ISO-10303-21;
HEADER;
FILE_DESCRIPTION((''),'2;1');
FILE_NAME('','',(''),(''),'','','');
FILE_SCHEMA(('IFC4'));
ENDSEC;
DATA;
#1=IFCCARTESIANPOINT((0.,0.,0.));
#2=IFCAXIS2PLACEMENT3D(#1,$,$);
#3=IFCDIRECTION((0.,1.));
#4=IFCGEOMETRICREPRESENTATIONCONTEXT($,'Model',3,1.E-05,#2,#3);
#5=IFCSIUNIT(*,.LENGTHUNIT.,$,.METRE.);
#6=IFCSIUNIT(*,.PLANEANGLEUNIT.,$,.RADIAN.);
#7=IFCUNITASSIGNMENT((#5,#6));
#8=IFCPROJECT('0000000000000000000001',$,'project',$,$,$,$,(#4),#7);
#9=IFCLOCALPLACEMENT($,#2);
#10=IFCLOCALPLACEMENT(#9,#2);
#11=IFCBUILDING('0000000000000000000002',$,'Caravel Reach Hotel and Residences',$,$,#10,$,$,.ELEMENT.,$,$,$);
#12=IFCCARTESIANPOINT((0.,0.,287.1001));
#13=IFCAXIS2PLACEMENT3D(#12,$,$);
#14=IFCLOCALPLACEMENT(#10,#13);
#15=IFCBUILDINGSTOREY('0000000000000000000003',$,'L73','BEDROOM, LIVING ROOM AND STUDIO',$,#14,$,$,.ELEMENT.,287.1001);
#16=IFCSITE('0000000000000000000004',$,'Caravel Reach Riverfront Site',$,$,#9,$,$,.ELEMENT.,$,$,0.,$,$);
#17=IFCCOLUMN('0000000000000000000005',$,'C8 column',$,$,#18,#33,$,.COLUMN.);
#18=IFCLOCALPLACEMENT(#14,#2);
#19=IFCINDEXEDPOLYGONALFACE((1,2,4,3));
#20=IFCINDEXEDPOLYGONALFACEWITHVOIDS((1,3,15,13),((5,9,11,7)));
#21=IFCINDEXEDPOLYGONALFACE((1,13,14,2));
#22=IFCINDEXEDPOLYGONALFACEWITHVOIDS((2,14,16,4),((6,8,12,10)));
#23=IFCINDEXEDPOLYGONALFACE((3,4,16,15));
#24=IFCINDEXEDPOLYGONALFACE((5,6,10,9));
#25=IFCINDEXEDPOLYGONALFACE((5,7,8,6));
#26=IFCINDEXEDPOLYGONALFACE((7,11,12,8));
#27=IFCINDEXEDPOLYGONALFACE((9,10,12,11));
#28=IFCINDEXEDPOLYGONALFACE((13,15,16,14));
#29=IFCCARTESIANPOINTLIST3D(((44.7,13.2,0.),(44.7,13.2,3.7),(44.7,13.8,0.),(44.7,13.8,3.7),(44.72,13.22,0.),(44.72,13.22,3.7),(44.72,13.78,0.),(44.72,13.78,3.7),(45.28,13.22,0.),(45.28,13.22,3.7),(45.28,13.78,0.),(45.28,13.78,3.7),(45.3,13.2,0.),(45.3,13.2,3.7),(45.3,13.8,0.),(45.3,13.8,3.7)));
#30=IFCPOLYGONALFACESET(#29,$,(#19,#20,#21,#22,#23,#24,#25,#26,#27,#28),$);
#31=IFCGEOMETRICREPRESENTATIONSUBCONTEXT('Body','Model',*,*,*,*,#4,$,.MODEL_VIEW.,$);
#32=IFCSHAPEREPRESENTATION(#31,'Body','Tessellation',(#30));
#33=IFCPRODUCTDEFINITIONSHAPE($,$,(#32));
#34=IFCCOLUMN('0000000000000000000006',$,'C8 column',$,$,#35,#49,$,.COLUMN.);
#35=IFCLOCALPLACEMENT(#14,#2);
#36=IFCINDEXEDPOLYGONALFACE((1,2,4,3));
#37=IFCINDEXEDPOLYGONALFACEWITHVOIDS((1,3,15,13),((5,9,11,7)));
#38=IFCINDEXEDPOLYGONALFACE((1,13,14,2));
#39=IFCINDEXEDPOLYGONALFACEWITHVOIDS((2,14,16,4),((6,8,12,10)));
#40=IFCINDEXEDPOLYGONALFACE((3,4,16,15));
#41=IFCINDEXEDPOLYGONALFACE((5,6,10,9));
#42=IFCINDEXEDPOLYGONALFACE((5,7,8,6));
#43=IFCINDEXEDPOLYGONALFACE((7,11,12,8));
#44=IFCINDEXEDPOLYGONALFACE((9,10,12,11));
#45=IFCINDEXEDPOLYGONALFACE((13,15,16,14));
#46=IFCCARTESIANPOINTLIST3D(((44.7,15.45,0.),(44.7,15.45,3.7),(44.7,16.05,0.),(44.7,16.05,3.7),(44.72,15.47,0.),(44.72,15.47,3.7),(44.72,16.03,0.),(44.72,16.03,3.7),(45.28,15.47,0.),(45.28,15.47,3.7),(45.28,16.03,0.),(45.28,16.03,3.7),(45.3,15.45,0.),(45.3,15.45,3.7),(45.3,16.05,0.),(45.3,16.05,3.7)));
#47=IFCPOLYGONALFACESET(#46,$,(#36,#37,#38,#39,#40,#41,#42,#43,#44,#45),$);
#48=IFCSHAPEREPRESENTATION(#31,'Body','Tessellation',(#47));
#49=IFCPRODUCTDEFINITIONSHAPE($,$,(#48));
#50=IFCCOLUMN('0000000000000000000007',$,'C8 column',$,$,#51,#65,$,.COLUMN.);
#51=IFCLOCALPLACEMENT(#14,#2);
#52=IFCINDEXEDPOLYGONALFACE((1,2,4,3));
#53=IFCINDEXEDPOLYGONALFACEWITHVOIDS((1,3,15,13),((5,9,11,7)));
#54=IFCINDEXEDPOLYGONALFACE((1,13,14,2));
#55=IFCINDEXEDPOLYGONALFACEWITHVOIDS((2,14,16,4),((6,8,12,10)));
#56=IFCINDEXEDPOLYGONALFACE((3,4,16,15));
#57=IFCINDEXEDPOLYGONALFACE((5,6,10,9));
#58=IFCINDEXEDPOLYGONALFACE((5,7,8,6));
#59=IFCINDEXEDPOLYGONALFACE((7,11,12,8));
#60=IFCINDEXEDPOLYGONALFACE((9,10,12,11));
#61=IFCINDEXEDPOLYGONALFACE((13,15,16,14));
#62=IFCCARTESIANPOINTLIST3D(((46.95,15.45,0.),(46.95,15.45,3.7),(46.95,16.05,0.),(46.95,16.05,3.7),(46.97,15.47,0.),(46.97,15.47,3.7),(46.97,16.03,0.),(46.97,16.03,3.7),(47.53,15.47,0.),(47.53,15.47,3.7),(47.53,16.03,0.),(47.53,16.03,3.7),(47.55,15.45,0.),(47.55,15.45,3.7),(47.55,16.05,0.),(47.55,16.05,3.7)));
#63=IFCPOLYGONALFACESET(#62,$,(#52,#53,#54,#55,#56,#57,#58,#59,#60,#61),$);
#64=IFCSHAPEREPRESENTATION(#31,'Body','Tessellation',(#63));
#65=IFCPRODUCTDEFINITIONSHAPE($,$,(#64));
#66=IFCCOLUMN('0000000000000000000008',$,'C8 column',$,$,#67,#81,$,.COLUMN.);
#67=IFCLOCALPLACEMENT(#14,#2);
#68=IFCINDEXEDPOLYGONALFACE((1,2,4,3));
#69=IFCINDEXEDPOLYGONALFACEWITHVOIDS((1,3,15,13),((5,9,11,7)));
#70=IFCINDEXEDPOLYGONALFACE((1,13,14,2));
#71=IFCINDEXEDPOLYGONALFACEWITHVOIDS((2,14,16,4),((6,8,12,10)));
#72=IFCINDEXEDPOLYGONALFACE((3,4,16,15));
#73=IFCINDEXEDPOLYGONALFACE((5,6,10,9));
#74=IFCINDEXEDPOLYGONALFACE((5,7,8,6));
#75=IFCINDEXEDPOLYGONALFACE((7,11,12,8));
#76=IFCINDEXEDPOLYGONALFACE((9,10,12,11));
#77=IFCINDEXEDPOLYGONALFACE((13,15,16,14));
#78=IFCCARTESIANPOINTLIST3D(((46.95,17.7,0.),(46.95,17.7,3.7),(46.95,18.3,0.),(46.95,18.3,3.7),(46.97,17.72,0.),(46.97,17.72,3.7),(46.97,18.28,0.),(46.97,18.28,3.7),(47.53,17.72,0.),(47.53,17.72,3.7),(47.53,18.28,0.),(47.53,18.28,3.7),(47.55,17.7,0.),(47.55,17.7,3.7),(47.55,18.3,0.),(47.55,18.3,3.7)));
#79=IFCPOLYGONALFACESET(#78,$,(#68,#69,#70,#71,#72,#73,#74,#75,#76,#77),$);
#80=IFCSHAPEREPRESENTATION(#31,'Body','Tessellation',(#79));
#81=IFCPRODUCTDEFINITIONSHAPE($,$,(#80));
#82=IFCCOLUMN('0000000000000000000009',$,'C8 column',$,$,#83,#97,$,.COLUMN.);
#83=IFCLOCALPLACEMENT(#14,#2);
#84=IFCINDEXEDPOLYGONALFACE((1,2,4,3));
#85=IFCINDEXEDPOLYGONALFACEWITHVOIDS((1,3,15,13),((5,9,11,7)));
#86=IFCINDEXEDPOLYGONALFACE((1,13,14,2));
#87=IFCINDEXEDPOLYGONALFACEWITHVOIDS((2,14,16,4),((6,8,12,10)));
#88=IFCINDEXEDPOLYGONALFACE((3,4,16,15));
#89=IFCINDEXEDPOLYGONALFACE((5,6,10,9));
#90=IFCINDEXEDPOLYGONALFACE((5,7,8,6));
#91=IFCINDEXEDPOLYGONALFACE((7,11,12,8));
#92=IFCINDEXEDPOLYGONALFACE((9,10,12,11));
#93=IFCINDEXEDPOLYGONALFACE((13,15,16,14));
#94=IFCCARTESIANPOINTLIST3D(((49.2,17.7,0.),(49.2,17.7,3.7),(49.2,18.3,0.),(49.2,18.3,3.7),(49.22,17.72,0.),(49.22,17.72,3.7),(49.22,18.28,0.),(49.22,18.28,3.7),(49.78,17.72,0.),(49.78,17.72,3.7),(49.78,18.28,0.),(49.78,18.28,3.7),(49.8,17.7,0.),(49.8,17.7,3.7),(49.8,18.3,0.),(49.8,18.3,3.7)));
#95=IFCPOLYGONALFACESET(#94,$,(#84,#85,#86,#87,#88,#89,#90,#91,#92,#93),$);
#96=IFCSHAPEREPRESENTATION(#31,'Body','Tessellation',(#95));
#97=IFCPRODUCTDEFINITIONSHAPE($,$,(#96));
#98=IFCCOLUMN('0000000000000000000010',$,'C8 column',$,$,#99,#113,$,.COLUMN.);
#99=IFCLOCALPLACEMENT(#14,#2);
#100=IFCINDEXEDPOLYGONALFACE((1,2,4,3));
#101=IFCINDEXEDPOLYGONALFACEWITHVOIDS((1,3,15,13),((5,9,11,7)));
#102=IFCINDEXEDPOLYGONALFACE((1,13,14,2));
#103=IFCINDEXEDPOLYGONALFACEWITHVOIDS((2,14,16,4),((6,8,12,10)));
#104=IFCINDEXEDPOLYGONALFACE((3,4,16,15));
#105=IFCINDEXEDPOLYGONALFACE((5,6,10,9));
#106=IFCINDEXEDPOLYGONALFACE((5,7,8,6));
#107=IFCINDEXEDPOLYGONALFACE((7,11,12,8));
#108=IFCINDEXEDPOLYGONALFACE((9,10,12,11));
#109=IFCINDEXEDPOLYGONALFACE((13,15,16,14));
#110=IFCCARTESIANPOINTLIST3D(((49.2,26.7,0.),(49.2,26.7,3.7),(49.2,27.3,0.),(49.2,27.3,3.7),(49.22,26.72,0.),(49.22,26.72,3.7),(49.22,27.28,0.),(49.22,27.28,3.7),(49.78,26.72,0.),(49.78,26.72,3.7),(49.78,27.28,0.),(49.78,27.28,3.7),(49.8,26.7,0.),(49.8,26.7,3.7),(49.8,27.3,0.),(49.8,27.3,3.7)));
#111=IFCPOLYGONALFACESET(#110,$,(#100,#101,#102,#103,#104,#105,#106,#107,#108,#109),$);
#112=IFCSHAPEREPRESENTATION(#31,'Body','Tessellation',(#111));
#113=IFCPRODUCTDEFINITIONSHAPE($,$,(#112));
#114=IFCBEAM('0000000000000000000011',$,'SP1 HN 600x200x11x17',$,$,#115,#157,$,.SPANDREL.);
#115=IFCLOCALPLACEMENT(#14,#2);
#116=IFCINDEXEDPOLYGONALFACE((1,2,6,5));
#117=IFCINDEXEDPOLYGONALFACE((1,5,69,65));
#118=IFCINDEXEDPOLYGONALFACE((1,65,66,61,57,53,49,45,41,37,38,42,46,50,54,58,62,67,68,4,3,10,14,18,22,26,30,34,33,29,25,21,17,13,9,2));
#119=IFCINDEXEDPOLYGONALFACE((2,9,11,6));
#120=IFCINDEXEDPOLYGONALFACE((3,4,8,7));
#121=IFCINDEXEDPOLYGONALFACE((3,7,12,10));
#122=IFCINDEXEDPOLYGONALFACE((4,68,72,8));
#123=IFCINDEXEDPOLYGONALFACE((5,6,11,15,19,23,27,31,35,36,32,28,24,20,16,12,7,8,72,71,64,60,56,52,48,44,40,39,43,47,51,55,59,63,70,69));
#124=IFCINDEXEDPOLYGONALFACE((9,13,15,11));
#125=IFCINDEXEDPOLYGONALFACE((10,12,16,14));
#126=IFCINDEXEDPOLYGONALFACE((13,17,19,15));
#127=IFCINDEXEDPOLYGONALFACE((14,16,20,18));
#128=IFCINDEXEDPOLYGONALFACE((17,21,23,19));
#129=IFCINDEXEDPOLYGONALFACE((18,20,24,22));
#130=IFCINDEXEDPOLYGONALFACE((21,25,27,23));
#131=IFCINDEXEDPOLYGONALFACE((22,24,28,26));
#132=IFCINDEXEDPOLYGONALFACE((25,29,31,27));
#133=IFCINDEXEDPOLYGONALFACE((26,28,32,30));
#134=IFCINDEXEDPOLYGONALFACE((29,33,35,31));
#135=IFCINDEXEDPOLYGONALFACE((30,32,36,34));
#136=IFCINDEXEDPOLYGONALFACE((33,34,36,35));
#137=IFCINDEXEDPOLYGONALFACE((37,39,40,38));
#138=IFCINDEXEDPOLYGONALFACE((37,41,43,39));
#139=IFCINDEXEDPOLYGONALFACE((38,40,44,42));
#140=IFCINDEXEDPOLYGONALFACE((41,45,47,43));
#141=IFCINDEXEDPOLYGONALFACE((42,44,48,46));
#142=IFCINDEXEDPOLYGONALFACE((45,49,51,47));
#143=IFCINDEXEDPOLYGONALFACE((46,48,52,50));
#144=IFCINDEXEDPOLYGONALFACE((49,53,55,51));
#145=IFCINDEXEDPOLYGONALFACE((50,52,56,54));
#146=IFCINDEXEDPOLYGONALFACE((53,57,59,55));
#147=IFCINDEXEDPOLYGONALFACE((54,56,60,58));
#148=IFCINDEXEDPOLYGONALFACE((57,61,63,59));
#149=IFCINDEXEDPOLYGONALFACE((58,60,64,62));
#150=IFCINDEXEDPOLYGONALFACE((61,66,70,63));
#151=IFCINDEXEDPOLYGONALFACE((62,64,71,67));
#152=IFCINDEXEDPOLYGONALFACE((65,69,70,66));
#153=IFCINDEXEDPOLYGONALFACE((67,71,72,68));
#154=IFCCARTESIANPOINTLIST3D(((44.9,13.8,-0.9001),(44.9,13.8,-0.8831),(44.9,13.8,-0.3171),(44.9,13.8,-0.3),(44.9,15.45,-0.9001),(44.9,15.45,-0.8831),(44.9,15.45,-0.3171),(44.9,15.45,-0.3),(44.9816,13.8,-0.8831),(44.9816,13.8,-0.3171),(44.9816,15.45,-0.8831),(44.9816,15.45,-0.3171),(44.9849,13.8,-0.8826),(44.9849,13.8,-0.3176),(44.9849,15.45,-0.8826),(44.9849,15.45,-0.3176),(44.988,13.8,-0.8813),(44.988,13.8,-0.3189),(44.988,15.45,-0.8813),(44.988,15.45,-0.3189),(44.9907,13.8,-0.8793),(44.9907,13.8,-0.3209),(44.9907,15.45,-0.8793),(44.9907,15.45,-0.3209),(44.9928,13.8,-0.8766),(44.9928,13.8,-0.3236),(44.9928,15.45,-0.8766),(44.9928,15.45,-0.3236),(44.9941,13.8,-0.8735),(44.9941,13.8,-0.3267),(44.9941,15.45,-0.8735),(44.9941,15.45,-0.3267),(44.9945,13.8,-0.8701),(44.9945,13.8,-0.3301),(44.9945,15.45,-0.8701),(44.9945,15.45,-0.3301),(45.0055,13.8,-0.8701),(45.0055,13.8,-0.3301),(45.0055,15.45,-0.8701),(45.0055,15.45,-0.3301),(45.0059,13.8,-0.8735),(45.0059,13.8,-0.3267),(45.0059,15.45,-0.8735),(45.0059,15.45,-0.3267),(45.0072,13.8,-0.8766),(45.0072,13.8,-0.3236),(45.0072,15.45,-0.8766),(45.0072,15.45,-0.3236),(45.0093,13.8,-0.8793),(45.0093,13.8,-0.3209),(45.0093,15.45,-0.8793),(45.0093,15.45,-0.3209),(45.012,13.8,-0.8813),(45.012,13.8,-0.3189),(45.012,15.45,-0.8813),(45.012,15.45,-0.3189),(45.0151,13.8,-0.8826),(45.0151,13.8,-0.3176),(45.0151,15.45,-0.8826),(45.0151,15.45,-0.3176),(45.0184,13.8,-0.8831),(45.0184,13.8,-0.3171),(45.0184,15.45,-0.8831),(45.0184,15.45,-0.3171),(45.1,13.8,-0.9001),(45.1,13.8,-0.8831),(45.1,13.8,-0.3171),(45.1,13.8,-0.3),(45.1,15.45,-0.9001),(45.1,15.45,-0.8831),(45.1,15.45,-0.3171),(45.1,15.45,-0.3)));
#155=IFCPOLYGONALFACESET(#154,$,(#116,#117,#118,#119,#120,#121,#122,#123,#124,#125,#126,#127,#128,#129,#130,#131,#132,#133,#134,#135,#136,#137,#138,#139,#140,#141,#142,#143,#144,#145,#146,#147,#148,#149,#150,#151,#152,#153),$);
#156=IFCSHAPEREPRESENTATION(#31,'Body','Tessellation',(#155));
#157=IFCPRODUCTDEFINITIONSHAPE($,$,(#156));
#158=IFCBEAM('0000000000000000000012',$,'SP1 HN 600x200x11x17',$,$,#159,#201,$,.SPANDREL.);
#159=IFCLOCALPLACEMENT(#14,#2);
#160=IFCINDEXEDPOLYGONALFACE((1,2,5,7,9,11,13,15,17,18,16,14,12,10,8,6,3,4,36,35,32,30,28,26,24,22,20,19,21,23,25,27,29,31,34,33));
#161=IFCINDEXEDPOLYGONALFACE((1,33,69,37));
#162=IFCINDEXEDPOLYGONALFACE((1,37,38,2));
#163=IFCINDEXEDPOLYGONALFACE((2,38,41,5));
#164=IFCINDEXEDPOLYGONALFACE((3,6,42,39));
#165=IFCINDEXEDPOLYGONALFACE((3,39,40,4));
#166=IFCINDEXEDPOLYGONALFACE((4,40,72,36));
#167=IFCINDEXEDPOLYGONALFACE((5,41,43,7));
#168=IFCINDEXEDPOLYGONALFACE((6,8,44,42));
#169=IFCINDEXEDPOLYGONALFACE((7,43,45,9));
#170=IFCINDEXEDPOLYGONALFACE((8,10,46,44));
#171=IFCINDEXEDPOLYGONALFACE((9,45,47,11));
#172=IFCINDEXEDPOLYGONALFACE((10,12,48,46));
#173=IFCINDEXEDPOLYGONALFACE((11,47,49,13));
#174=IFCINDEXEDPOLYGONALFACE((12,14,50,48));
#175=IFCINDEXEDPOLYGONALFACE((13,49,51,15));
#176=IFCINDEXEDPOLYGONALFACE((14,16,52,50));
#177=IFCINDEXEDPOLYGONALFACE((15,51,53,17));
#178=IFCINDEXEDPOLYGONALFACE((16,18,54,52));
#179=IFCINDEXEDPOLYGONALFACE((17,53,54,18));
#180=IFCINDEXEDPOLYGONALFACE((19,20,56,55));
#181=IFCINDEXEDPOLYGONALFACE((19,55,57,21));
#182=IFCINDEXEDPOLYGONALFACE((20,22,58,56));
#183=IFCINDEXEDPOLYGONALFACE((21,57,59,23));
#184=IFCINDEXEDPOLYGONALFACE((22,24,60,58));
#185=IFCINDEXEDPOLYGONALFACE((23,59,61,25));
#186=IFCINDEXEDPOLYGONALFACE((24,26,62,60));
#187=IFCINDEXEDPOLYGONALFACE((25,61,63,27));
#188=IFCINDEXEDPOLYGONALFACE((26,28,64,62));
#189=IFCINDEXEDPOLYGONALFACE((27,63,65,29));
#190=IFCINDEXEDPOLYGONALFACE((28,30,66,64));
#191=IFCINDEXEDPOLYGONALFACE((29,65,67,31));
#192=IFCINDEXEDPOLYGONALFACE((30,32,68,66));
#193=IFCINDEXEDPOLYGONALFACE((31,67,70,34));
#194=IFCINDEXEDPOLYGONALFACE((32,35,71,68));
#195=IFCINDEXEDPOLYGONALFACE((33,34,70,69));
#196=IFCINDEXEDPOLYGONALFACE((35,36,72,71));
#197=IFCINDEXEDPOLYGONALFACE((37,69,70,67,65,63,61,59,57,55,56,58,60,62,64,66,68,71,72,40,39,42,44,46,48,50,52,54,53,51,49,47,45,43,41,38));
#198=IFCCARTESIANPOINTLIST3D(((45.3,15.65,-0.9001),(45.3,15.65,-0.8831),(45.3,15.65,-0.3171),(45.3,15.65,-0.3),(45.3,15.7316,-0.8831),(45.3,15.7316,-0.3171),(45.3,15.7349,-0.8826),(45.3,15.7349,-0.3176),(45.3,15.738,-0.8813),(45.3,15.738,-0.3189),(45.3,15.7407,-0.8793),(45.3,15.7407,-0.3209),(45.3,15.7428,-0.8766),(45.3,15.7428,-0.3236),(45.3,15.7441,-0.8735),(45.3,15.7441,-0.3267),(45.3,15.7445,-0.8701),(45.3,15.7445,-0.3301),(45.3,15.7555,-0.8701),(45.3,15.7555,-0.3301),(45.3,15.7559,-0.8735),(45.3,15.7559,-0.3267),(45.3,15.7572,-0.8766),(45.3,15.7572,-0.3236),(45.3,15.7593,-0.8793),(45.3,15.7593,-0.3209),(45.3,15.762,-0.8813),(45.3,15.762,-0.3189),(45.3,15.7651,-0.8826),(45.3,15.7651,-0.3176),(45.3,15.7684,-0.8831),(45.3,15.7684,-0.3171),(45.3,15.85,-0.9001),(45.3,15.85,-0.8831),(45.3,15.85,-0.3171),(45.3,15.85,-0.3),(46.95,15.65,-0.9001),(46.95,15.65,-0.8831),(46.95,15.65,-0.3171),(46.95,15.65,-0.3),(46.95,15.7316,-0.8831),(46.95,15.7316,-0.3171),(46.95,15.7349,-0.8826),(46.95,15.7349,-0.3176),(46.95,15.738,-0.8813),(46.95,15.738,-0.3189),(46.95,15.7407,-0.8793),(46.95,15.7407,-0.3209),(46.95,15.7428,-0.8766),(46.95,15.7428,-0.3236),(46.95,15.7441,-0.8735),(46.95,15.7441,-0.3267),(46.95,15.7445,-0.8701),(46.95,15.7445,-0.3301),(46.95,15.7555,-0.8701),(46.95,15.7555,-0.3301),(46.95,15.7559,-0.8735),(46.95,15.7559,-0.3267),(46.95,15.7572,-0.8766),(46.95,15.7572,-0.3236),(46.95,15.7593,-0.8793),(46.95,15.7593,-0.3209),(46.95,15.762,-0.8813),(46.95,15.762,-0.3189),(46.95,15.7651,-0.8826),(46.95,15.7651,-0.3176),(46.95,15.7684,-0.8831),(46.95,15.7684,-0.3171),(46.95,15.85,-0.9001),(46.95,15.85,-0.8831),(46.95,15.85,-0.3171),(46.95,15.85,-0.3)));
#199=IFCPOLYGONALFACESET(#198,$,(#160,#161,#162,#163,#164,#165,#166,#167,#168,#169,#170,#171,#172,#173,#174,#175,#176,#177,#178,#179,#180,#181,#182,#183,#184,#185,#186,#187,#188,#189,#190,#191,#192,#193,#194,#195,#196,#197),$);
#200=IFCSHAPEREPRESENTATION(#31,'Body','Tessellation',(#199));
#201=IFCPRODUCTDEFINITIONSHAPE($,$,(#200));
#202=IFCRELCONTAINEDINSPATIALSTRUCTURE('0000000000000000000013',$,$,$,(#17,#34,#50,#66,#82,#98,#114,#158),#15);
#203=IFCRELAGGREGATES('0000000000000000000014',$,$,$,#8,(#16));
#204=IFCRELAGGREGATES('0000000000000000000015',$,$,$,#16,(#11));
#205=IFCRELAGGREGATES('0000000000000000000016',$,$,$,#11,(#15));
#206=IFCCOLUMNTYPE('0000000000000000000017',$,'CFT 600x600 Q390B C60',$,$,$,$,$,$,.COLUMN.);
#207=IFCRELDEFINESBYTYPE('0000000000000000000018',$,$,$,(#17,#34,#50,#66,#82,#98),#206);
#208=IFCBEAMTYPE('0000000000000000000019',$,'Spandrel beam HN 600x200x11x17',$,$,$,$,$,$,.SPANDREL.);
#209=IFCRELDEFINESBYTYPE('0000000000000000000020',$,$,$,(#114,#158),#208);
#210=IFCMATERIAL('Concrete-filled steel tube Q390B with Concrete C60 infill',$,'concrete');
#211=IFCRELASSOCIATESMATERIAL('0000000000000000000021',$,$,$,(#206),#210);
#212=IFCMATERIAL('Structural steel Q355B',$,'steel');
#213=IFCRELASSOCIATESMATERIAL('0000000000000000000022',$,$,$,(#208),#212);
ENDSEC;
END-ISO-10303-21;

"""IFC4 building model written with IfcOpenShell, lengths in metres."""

from ifc_helpers import new_model, si_unit, direction, frame, origin, origin_2d, place, context, subcontext, project, spatial, hollow_rectangle, i_section, extrude, material, material_profile, profile_set, type_object, element, save


model = new_model("IFC4")

# Units and contexts
model_context = context("Model", 3, precision=1e-05, world=origin(), true_north=direction((0.0, 1.0)))
body_context = subcontext(model_context, "Body", "Model", "MODEL_VIEW")
ifc_project = project(units=[si_unit("LENGTHUNIT", "METRE"), si_unit("PLANEANGLEUNIT", "RADIAN")], contexts=[model_context])

# Site, building, storey
site_placement = place(None, origin())
site = spatial("IfcSite", under=ifc_project, at=site_placement, Name="Caravel Reach Riverfront Site", CompositionType="ELEMENT", RefElevation=0.0)
building_placement = place(site_placement, origin())
building = spatial("IfcBuilding", under=site, at=building_placement, Name="Caravel Reach Hotel and Residences", CompositionType="ELEMENT")
storey_placement = place(building_placement, frame((0.0, 0.0, 287.1001)))
storey = spatial("IfcBuildingStorey", under=building, at=storey_placement, Name="L73", Description="BEDROOM, LIVING ROOM AND STUDIO", CompositionType="ELEMENT", Elevation=287.1001)

# Columns
ifc_material_1 = material(Name="Concrete-filled steel tube Q390B with Concrete C60 infill", Category="concrete")
ifc_material_profile_1 = material_profile(ifc_material_1, hollow_rectangle(XDim=0.6001, YDim=0.6001, WallThickness=0.02, at=origin_2d()), Name="RHS 600x600x20")
ifc_profile_set_1 = profile_set([ifc_material_profile_1], Name="Concrete-filled steel tube Q390B with Concrete C60 infill")
column_type = type_object("IfcColumnType", Name="CFT 600x600 Q390B C60", PredefinedType="COLUMN", material=ifc_profile_set_1)
for number, where, z_axis, x_axis, name in (
    (1, (45.0, 13.5, 0.0), (0.0, 0.0, 1.0), (1.0, 0.0, 0.0), "C8 column"),
    (2, (45.0, 15.75, 0.0), (0.0, 0.0, 1.0), (1.0, 0.0, 0.0), "C8 column"),
    (3, (47.25, 15.75, 0.0), (0.0, 0.0, 1.0), (1.0, 0.0, 0.0), "C8 column"),
    (4, (47.25, 18.0, 0.0), (0.0, 0.0, 1.0), (1.0, 0.0, 0.0), "C8 column"),
    (5, (49.5, 18.0, 0.0), (0.0, 0.0, 1.0), (1.0, 0.0, 0.0), "C8 column"),
    (6, (49.5, 27.0, 0.0), (0.0, 0.0, 1.0), (1.0, 0.0, 0.0), "C8 column"),
):
    element("IfcColumn", number, at=place(storey_placement, frame(where, z_axis=z_axis, x_axis=x_axis)), inside=storey, type_object=column_type, Name=name, PredefinedType="COLUMN", context=body_context, shape_type="SweptSolid", body=[
        extrude(hollow_rectangle(XDim=0.6001, YDim=0.6001, WallThickness=0.02, at=origin_2d()), origin(), (0.0, 0.0, 1.0), 3.7),
    ])

# Beams
ifc_material_2 = material(Name="Structural steel Q355B", Category="steel")
ifc_material_profile_2 = material_profile(ifc_material_2, i_section(OverallWidth=0.2, OverallDepth=0.6001, WebThickness=0.011, FlangeThickness=0.0171, FilletRadius=0.0129, at=origin_2d()), Name="HN 600x200x11x17")
ifc_profile_set_2 = profile_set([ifc_material_profile_2], Name="Structural steel Q355B")
beam_type = type_object("IfcBeamType", Name="Spandrel beam HN 600x200x11x17", PredefinedType="SPANDREL", material=ifc_profile_set_2)
for number, where, z_axis, x_axis, name in (
    (7, (45.0, 13.8, -0.6001), (0.0, 1.0, 0.0), (-1.0, 0.0, 0.0), "SP1 HN 600x200x11x17"),
    (8, (45.3, 15.75, -0.6001), (1.0, 0.0, 0.0), (0.0, 1.0, 0.0), "SP1 HN 600x200x11x17"),
):
    element("IfcBeam", number, at=place(storey_placement, frame(where, z_axis=z_axis, x_axis=x_axis)), inside=storey, type_object=beam_type, Name=name, PredefinedType="SPANDREL", context=body_context, shape_type="SweptSolid", body=[
        extrude(i_section(OverallWidth=0.2, OverallDepth=0.6001, WebThickness=0.011, FlangeThickness=0.0171, FilletRadius=0.0129, at=origin_2d()), origin(), (0.0, 0.0, 1.0), 1.6499),
    ])

save(model, "model.ifc")
